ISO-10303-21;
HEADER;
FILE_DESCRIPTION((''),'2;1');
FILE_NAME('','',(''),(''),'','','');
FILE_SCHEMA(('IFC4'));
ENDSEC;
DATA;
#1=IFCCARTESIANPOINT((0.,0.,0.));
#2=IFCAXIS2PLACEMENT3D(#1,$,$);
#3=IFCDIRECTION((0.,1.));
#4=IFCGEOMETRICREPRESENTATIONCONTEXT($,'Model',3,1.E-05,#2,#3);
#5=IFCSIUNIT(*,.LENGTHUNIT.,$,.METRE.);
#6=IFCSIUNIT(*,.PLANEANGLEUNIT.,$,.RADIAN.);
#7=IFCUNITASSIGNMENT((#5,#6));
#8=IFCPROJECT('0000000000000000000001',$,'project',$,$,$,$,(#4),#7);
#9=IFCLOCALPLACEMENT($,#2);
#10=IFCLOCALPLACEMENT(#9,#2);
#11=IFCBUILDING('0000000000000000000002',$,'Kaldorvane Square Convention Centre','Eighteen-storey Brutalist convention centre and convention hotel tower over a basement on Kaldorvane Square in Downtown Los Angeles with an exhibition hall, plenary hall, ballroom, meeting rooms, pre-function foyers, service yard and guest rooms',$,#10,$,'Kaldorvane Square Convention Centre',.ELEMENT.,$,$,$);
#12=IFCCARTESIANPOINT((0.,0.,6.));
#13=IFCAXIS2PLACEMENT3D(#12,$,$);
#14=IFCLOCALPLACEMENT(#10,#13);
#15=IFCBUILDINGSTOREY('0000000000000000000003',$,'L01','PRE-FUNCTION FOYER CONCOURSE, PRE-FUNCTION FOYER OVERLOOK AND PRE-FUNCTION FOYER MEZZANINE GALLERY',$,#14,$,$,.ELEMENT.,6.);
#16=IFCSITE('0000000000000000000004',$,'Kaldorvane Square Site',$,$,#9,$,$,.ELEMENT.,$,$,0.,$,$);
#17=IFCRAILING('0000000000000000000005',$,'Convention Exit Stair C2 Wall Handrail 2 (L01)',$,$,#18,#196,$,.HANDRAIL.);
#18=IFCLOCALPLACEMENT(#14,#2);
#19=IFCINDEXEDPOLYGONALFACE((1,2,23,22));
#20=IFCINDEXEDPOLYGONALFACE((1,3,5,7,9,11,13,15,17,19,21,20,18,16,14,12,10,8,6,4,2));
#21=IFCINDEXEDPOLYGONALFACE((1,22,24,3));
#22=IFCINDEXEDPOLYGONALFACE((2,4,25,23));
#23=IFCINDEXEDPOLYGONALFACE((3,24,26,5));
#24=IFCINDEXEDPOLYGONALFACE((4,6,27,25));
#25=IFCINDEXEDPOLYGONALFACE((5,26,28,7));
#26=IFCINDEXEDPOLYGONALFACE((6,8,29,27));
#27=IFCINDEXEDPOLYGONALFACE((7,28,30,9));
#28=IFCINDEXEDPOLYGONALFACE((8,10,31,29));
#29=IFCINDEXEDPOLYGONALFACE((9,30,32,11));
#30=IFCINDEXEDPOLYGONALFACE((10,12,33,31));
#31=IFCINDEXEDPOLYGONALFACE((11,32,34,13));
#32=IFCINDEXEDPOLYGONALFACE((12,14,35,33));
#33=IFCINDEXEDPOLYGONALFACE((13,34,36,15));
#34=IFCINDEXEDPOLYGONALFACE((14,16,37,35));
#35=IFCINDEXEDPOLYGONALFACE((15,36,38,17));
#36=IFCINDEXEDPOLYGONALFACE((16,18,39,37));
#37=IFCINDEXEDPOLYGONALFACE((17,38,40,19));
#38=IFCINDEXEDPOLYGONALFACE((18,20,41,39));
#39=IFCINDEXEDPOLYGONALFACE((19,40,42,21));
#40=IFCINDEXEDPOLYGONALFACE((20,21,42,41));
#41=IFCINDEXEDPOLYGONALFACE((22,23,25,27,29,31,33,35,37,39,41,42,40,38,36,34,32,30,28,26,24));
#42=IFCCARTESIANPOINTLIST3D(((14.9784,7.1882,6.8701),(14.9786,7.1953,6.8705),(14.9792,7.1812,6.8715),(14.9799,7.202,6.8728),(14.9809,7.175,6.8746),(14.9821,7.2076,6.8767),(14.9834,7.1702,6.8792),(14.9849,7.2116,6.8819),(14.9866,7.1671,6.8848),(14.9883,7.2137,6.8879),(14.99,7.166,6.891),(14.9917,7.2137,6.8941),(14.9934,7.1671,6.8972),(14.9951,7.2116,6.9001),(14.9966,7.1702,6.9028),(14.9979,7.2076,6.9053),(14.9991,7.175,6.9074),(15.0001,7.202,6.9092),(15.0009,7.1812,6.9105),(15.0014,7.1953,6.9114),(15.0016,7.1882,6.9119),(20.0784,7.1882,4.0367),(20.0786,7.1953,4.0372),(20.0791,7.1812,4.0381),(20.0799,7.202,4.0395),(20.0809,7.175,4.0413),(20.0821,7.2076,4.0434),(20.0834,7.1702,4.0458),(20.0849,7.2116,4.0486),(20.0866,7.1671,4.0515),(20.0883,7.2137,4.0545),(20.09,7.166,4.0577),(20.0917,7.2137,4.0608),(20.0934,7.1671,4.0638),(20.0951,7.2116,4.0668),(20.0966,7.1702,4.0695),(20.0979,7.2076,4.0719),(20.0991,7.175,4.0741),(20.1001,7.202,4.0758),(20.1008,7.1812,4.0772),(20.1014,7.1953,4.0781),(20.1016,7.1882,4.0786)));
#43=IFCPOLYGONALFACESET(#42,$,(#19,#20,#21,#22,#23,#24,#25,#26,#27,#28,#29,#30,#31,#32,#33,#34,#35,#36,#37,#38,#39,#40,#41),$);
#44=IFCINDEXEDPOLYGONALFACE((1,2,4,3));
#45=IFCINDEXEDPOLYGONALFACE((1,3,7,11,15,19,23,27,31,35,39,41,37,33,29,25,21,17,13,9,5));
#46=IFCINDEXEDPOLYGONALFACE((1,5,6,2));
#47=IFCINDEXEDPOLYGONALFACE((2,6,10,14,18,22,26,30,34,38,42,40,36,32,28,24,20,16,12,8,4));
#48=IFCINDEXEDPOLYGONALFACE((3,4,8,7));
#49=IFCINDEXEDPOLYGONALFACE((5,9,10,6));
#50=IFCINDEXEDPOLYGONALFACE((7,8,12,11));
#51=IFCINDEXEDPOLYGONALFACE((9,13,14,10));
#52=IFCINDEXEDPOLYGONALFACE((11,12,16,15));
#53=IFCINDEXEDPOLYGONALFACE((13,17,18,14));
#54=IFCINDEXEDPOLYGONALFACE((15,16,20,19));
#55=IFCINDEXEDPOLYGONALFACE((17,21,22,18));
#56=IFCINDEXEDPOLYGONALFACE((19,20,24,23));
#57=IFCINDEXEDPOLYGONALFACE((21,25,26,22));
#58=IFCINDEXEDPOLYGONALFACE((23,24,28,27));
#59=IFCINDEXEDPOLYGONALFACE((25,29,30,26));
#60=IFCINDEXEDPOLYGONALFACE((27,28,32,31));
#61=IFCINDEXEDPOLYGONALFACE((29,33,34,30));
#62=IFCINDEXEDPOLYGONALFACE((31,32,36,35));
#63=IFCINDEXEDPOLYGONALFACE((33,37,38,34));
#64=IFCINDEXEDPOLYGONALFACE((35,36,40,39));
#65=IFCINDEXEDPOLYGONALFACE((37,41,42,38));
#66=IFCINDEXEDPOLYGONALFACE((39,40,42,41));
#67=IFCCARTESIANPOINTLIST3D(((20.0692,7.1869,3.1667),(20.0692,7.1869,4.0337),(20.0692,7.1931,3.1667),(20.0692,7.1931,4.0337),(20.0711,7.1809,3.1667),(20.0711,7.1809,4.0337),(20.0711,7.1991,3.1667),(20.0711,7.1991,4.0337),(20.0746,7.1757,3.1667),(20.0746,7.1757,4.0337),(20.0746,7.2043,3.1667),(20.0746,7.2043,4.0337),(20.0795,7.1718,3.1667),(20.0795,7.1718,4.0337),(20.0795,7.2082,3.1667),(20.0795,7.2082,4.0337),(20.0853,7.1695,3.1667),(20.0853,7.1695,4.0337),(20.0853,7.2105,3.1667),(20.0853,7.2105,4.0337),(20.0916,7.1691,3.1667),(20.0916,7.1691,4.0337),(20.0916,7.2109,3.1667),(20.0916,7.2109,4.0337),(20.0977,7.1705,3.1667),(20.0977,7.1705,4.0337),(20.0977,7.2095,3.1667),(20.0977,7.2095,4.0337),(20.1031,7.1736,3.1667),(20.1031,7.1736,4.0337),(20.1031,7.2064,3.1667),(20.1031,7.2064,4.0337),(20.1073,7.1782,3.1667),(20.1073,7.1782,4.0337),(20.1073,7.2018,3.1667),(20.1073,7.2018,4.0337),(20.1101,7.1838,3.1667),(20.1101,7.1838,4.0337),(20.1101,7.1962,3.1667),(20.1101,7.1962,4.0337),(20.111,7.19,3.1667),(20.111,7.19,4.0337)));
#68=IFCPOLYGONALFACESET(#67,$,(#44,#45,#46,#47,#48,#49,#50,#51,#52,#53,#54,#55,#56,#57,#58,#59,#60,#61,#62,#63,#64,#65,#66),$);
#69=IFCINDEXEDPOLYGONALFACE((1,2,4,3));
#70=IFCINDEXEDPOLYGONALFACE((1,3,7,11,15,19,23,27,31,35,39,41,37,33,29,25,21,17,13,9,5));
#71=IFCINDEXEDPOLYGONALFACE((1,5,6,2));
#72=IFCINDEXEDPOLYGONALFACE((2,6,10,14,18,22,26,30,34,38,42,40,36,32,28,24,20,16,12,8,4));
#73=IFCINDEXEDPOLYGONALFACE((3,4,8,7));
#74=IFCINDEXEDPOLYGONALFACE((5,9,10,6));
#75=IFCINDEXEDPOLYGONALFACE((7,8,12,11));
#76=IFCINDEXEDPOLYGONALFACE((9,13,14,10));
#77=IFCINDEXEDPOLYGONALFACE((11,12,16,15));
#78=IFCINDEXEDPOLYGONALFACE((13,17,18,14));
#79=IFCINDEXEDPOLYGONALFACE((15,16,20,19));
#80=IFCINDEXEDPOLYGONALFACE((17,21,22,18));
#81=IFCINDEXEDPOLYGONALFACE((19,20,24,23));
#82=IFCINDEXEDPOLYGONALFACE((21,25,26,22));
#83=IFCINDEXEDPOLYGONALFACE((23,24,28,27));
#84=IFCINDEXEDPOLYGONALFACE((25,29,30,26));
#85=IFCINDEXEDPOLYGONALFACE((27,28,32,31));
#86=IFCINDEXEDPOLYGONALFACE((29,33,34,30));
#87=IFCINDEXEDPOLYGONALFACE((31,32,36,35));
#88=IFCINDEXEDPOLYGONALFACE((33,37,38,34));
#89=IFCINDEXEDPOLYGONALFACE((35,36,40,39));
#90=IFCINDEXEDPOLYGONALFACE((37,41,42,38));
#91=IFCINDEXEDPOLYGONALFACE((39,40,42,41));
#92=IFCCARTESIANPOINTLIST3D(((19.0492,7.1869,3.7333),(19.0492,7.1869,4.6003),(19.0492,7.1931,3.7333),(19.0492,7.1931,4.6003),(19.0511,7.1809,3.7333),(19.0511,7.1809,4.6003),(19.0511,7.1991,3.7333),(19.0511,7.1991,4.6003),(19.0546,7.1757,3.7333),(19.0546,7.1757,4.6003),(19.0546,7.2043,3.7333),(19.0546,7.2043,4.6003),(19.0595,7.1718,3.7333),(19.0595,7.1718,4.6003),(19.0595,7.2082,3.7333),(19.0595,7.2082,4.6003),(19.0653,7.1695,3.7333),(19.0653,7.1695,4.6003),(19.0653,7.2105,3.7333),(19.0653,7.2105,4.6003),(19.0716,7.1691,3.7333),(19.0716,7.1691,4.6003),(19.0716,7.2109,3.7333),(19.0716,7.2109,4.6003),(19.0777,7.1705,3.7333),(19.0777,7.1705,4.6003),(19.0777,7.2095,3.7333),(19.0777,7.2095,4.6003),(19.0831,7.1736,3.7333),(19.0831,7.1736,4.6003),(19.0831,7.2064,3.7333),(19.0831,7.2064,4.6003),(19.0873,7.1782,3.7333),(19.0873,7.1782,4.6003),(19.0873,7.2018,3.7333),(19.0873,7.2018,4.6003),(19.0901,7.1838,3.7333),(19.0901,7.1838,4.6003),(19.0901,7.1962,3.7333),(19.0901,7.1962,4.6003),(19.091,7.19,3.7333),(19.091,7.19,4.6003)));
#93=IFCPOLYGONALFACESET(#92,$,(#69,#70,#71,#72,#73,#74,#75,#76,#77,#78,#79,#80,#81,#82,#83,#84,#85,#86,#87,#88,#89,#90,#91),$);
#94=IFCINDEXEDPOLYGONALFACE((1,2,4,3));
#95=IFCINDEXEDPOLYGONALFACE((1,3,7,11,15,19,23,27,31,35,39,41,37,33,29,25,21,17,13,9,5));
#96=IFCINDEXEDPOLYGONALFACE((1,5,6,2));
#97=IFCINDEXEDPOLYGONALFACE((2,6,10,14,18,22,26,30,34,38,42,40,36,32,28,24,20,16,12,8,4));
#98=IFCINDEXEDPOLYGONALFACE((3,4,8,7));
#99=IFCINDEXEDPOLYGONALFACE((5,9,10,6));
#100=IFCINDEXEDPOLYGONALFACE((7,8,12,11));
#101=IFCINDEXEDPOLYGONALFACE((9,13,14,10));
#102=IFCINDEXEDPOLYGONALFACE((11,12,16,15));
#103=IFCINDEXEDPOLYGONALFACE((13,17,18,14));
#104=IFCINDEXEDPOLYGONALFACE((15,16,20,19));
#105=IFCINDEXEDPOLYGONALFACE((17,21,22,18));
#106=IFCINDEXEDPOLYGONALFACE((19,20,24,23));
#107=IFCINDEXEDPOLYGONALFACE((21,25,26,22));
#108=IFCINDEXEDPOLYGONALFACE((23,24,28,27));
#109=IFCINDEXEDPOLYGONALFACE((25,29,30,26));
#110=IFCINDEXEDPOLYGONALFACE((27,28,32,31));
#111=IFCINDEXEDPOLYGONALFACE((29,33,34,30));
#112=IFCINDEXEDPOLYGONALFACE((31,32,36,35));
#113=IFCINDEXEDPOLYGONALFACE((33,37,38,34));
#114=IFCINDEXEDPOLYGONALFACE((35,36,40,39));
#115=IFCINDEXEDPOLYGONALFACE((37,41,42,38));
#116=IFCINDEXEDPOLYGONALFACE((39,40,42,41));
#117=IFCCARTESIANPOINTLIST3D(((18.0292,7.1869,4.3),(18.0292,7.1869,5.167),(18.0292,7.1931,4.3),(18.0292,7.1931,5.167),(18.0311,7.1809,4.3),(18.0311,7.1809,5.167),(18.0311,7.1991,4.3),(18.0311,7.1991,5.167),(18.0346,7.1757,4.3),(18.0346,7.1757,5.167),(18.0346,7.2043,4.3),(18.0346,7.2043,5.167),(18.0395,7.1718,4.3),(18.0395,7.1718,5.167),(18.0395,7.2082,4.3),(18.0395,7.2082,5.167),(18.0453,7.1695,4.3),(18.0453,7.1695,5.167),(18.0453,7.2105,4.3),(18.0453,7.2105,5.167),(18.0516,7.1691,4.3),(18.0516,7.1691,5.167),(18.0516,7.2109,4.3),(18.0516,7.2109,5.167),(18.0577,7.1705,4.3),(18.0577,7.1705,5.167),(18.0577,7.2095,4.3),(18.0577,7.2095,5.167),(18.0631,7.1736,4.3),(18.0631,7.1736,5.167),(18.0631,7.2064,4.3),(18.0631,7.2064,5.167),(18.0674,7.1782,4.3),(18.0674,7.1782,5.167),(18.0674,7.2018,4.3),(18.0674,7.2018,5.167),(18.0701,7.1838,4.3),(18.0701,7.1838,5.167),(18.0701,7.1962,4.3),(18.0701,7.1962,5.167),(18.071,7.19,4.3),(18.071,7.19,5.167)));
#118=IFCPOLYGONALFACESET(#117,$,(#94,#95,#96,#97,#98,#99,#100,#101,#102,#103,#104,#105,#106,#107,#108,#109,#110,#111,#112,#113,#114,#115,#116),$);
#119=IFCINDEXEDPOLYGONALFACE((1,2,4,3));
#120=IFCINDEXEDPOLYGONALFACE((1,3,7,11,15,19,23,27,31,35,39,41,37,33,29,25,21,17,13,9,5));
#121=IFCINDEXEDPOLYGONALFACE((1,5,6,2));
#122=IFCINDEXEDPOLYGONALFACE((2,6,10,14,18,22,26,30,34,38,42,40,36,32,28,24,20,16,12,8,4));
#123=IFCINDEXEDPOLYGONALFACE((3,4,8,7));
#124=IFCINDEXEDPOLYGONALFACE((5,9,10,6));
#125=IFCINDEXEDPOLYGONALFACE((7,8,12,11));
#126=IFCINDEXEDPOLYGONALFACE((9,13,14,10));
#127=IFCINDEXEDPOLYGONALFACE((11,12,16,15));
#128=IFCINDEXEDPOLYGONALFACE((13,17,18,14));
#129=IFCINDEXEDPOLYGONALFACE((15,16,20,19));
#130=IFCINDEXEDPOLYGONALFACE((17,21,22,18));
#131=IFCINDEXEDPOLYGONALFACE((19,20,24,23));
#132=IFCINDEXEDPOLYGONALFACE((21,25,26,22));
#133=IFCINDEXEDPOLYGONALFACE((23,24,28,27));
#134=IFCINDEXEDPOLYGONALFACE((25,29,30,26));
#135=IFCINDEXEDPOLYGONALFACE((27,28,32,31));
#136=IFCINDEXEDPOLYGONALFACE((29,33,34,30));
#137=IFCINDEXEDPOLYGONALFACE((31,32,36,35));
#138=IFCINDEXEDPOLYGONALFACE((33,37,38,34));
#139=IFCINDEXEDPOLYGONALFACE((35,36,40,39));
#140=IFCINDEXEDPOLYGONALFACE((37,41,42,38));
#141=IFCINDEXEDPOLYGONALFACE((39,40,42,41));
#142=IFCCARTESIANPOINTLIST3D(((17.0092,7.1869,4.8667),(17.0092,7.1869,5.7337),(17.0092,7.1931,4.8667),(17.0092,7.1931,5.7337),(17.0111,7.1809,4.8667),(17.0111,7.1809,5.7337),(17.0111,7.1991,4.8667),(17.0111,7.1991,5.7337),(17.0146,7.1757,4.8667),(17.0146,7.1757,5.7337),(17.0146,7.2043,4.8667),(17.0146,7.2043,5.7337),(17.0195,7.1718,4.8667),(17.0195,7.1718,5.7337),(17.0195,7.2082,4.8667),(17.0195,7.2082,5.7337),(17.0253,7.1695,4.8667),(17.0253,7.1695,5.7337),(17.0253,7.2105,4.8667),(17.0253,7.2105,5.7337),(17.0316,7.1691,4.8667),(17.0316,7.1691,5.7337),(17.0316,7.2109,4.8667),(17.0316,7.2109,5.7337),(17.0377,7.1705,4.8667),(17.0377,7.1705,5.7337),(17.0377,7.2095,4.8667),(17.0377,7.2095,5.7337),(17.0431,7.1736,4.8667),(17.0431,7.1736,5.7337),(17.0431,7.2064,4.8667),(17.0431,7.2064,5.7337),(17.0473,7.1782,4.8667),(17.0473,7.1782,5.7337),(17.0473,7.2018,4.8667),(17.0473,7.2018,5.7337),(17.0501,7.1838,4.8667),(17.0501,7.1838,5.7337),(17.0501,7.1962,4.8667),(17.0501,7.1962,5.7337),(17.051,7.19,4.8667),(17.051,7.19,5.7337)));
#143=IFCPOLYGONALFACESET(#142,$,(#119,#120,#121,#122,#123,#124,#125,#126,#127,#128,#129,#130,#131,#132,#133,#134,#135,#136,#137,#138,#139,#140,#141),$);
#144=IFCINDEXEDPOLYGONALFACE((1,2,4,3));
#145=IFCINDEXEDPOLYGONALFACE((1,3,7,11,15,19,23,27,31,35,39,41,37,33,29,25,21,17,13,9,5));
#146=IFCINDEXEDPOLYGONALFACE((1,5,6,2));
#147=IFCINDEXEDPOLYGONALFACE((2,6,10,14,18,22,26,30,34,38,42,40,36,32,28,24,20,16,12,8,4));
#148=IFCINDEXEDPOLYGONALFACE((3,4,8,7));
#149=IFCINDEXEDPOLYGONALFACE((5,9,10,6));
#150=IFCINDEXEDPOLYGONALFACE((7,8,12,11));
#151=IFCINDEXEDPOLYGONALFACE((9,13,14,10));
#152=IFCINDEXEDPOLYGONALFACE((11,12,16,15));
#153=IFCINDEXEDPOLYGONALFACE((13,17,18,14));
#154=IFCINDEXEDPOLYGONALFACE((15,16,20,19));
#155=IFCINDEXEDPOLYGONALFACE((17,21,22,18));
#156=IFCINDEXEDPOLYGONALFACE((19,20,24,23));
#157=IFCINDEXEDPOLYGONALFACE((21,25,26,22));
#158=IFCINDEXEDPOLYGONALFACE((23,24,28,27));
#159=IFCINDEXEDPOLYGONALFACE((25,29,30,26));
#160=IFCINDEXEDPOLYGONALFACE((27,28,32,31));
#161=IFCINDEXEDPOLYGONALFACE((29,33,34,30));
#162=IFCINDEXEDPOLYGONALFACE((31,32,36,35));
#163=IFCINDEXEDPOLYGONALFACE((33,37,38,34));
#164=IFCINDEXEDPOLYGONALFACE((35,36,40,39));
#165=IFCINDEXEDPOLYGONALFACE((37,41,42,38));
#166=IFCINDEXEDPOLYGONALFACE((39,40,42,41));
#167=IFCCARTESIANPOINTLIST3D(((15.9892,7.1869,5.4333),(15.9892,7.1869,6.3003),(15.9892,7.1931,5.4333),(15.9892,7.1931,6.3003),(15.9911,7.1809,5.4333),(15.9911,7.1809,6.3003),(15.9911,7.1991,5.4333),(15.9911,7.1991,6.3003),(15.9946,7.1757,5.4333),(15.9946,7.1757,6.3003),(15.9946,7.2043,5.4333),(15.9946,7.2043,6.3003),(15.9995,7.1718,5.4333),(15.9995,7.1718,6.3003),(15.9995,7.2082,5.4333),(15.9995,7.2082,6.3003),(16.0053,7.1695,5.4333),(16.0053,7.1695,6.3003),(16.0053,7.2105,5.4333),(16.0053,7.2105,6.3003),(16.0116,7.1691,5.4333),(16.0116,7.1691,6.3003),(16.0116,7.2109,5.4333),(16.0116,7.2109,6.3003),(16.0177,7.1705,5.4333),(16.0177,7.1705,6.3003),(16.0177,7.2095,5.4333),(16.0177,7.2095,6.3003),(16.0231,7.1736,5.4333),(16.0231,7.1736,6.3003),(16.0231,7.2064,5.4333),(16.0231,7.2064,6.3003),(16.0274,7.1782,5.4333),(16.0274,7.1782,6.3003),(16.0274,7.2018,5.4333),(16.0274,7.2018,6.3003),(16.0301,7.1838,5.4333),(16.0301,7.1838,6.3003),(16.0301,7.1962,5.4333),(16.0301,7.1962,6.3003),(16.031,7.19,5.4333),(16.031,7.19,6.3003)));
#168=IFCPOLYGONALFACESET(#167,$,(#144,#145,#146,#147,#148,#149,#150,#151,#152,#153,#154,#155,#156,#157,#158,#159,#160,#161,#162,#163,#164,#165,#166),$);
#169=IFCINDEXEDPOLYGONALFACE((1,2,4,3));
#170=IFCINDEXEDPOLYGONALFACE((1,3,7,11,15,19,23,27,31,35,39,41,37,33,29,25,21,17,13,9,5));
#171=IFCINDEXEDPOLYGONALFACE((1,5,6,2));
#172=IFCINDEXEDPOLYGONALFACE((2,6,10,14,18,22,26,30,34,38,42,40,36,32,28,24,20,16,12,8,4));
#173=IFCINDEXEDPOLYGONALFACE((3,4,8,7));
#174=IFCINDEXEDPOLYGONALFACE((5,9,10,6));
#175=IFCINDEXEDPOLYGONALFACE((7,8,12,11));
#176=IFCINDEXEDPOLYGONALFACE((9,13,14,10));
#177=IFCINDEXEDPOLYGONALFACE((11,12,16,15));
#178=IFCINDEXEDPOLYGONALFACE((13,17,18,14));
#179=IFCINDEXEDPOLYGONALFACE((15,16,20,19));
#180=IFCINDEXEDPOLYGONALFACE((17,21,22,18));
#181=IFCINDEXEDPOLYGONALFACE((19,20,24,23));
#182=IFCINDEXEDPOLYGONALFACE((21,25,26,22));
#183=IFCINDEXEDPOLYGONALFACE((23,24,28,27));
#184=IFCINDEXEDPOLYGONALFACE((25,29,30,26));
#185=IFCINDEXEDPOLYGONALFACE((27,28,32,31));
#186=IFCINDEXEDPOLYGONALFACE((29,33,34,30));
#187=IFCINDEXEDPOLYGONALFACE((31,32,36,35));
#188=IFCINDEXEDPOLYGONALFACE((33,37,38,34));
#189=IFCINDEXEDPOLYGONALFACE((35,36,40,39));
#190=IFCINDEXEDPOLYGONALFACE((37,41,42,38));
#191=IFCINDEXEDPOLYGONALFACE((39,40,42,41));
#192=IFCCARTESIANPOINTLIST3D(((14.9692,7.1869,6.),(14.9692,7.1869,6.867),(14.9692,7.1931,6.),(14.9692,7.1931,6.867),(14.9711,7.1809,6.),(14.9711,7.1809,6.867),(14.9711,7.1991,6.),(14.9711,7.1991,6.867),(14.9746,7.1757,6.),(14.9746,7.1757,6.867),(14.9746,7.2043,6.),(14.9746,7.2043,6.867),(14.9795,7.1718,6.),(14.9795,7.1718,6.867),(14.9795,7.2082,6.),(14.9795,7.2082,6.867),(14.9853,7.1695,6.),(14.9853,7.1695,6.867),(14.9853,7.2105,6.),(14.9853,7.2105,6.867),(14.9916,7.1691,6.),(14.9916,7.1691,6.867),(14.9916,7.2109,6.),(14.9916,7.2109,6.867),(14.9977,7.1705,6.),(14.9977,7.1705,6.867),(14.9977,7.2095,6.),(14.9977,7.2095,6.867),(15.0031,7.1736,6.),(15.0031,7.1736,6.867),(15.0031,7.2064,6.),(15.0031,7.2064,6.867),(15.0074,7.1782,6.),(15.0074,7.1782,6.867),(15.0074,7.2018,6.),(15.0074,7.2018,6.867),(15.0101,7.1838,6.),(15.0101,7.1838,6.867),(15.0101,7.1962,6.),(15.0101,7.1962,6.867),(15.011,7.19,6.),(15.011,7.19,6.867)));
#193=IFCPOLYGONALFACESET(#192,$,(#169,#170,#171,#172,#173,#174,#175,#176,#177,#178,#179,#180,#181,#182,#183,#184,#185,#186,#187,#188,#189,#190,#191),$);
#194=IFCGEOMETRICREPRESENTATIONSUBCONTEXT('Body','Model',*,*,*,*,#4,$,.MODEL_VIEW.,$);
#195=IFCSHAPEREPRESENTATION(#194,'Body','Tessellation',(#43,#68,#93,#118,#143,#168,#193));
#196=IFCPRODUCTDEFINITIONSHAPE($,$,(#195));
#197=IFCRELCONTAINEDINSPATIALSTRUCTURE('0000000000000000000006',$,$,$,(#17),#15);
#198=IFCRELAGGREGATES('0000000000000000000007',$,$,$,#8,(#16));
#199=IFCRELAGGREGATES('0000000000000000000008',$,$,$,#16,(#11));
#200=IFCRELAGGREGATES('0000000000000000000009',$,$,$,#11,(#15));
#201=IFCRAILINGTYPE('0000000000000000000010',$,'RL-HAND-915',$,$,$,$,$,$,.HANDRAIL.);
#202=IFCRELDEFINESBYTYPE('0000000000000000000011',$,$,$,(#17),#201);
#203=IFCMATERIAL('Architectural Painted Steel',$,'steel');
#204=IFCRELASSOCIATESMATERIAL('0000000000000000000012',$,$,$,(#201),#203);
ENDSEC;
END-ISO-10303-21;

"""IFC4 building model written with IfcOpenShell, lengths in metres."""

from ifc_helpers import new_model, si_unit, direction, frame, origin, origin_2d, place, context, subcontext, project, spatial, circle, extrude, material, type_object, element, save


model = new_model("IFC4")

# Units and contexts
model_context = context("Model", 3, precision=1e-05, world=origin(), true_north=direction((0.0, 1.0)))
body_context = subcontext(model_context, "Body", "Model", "MODEL_VIEW")
ifc_project = project(units=[si_unit("LENGTHUNIT", "METRE"), si_unit("PLANEANGLEUNIT", "RADIAN")], contexts=[model_context])

# Site, building, storey
site_placement = place(None, origin())
site = spatial("IfcSite", under=ifc_project, at=site_placement, Name="Kaldorvane Square Site", CompositionType="ELEMENT", RefElevation=0.0)
building_placement = place(site_placement, origin())
building = spatial("IfcBuilding", under=site, at=building_placement, Name="Kaldorvane Square Convention Centre", Description="Eighteen-storey Brutalist convention centre and convention hotel tower over a basement on Kaldorvane Square in Downtown Los Angeles with an exhibition hall, plenary hall, ballroom, meeting rooms, pre-function foyers, service yard and guest rooms", LongName="Kaldorvane Square Convention Centre", CompositionType="ELEMENT")
storey_placement = place(building_placement, frame((0.0, 0.0, 6.0)))
storey = spatial("IfcBuildingStorey", under=building, at=storey_placement, Name="L01", Description="PRE-FUNCTION FOYER CONCOURSE, PRE-FUNCTION FOYER OVERLOOK AND PRE-FUNCTION FOYER MEZZANINE GALLERY", CompositionType="ELEMENT", Elevation=6.0)

# Railing
ifc_material_1 = material(Name="Architectural Painted Steel", Category="steel")
railing_type_1 = type_object("IfcRailingType", Name="RL-HAND-915", PredefinedType="HANDRAIL", material=ifc_material_1)
railing_1_placement = place(storey_placement, frame((20.09, 7.19, 3.1667)))
element("IfcRailing", 1, at=railing_1_placement, inside=storey, type_object=railing_type_1, Name="Convention Exit Stair C2 Wall Handrail 2 (L01)", PredefinedType="HANDRAIL", context=body_context, shape_type="SweptSolid", body=[
    extrude(circle(Radius=0.024, at=origin_2d()), frame((0.0, 0.0, 0.891), z_axis=(-0.874157, 0.0, 0.485643), x_axis=(0.0, -1.0, 0.0)), (0.0, 0.0, 1.0), 5.8342),
    extrude(circle(Radius=0.021, at=origin_2d()), origin(), (0.0, 0.0, 1.0), 0.867),
    extrude(circle(Radius=0.021, at=origin_2d()), frame((-1.02, 0.0, 0.5667)), (0.0, 0.0, 1.0), 0.867),
    extrude(circle(Radius=0.021, at=origin_2d()), frame((-2.04, 0.0, 1.1333)), (0.0, 0.0, 1.0), 0.867),
    extrude(circle(Radius=0.021, at=origin_2d()), frame((-3.06, 0.0, 1.7)), (0.0, 0.0, 1.0), 0.867),
    extrude(circle(Radius=0.021, at=origin_2d()), frame((-4.08, 0.0, 2.2667)), (0.0, 0.0, 1.0), 0.867),
    extrude(circle(Radius=0.021, at=origin_2d()), frame((-5.1, 0.0, 2.8333)), (0.0, 0.0, 1.0), 0.867),
])

save(model, "model.ifc")
